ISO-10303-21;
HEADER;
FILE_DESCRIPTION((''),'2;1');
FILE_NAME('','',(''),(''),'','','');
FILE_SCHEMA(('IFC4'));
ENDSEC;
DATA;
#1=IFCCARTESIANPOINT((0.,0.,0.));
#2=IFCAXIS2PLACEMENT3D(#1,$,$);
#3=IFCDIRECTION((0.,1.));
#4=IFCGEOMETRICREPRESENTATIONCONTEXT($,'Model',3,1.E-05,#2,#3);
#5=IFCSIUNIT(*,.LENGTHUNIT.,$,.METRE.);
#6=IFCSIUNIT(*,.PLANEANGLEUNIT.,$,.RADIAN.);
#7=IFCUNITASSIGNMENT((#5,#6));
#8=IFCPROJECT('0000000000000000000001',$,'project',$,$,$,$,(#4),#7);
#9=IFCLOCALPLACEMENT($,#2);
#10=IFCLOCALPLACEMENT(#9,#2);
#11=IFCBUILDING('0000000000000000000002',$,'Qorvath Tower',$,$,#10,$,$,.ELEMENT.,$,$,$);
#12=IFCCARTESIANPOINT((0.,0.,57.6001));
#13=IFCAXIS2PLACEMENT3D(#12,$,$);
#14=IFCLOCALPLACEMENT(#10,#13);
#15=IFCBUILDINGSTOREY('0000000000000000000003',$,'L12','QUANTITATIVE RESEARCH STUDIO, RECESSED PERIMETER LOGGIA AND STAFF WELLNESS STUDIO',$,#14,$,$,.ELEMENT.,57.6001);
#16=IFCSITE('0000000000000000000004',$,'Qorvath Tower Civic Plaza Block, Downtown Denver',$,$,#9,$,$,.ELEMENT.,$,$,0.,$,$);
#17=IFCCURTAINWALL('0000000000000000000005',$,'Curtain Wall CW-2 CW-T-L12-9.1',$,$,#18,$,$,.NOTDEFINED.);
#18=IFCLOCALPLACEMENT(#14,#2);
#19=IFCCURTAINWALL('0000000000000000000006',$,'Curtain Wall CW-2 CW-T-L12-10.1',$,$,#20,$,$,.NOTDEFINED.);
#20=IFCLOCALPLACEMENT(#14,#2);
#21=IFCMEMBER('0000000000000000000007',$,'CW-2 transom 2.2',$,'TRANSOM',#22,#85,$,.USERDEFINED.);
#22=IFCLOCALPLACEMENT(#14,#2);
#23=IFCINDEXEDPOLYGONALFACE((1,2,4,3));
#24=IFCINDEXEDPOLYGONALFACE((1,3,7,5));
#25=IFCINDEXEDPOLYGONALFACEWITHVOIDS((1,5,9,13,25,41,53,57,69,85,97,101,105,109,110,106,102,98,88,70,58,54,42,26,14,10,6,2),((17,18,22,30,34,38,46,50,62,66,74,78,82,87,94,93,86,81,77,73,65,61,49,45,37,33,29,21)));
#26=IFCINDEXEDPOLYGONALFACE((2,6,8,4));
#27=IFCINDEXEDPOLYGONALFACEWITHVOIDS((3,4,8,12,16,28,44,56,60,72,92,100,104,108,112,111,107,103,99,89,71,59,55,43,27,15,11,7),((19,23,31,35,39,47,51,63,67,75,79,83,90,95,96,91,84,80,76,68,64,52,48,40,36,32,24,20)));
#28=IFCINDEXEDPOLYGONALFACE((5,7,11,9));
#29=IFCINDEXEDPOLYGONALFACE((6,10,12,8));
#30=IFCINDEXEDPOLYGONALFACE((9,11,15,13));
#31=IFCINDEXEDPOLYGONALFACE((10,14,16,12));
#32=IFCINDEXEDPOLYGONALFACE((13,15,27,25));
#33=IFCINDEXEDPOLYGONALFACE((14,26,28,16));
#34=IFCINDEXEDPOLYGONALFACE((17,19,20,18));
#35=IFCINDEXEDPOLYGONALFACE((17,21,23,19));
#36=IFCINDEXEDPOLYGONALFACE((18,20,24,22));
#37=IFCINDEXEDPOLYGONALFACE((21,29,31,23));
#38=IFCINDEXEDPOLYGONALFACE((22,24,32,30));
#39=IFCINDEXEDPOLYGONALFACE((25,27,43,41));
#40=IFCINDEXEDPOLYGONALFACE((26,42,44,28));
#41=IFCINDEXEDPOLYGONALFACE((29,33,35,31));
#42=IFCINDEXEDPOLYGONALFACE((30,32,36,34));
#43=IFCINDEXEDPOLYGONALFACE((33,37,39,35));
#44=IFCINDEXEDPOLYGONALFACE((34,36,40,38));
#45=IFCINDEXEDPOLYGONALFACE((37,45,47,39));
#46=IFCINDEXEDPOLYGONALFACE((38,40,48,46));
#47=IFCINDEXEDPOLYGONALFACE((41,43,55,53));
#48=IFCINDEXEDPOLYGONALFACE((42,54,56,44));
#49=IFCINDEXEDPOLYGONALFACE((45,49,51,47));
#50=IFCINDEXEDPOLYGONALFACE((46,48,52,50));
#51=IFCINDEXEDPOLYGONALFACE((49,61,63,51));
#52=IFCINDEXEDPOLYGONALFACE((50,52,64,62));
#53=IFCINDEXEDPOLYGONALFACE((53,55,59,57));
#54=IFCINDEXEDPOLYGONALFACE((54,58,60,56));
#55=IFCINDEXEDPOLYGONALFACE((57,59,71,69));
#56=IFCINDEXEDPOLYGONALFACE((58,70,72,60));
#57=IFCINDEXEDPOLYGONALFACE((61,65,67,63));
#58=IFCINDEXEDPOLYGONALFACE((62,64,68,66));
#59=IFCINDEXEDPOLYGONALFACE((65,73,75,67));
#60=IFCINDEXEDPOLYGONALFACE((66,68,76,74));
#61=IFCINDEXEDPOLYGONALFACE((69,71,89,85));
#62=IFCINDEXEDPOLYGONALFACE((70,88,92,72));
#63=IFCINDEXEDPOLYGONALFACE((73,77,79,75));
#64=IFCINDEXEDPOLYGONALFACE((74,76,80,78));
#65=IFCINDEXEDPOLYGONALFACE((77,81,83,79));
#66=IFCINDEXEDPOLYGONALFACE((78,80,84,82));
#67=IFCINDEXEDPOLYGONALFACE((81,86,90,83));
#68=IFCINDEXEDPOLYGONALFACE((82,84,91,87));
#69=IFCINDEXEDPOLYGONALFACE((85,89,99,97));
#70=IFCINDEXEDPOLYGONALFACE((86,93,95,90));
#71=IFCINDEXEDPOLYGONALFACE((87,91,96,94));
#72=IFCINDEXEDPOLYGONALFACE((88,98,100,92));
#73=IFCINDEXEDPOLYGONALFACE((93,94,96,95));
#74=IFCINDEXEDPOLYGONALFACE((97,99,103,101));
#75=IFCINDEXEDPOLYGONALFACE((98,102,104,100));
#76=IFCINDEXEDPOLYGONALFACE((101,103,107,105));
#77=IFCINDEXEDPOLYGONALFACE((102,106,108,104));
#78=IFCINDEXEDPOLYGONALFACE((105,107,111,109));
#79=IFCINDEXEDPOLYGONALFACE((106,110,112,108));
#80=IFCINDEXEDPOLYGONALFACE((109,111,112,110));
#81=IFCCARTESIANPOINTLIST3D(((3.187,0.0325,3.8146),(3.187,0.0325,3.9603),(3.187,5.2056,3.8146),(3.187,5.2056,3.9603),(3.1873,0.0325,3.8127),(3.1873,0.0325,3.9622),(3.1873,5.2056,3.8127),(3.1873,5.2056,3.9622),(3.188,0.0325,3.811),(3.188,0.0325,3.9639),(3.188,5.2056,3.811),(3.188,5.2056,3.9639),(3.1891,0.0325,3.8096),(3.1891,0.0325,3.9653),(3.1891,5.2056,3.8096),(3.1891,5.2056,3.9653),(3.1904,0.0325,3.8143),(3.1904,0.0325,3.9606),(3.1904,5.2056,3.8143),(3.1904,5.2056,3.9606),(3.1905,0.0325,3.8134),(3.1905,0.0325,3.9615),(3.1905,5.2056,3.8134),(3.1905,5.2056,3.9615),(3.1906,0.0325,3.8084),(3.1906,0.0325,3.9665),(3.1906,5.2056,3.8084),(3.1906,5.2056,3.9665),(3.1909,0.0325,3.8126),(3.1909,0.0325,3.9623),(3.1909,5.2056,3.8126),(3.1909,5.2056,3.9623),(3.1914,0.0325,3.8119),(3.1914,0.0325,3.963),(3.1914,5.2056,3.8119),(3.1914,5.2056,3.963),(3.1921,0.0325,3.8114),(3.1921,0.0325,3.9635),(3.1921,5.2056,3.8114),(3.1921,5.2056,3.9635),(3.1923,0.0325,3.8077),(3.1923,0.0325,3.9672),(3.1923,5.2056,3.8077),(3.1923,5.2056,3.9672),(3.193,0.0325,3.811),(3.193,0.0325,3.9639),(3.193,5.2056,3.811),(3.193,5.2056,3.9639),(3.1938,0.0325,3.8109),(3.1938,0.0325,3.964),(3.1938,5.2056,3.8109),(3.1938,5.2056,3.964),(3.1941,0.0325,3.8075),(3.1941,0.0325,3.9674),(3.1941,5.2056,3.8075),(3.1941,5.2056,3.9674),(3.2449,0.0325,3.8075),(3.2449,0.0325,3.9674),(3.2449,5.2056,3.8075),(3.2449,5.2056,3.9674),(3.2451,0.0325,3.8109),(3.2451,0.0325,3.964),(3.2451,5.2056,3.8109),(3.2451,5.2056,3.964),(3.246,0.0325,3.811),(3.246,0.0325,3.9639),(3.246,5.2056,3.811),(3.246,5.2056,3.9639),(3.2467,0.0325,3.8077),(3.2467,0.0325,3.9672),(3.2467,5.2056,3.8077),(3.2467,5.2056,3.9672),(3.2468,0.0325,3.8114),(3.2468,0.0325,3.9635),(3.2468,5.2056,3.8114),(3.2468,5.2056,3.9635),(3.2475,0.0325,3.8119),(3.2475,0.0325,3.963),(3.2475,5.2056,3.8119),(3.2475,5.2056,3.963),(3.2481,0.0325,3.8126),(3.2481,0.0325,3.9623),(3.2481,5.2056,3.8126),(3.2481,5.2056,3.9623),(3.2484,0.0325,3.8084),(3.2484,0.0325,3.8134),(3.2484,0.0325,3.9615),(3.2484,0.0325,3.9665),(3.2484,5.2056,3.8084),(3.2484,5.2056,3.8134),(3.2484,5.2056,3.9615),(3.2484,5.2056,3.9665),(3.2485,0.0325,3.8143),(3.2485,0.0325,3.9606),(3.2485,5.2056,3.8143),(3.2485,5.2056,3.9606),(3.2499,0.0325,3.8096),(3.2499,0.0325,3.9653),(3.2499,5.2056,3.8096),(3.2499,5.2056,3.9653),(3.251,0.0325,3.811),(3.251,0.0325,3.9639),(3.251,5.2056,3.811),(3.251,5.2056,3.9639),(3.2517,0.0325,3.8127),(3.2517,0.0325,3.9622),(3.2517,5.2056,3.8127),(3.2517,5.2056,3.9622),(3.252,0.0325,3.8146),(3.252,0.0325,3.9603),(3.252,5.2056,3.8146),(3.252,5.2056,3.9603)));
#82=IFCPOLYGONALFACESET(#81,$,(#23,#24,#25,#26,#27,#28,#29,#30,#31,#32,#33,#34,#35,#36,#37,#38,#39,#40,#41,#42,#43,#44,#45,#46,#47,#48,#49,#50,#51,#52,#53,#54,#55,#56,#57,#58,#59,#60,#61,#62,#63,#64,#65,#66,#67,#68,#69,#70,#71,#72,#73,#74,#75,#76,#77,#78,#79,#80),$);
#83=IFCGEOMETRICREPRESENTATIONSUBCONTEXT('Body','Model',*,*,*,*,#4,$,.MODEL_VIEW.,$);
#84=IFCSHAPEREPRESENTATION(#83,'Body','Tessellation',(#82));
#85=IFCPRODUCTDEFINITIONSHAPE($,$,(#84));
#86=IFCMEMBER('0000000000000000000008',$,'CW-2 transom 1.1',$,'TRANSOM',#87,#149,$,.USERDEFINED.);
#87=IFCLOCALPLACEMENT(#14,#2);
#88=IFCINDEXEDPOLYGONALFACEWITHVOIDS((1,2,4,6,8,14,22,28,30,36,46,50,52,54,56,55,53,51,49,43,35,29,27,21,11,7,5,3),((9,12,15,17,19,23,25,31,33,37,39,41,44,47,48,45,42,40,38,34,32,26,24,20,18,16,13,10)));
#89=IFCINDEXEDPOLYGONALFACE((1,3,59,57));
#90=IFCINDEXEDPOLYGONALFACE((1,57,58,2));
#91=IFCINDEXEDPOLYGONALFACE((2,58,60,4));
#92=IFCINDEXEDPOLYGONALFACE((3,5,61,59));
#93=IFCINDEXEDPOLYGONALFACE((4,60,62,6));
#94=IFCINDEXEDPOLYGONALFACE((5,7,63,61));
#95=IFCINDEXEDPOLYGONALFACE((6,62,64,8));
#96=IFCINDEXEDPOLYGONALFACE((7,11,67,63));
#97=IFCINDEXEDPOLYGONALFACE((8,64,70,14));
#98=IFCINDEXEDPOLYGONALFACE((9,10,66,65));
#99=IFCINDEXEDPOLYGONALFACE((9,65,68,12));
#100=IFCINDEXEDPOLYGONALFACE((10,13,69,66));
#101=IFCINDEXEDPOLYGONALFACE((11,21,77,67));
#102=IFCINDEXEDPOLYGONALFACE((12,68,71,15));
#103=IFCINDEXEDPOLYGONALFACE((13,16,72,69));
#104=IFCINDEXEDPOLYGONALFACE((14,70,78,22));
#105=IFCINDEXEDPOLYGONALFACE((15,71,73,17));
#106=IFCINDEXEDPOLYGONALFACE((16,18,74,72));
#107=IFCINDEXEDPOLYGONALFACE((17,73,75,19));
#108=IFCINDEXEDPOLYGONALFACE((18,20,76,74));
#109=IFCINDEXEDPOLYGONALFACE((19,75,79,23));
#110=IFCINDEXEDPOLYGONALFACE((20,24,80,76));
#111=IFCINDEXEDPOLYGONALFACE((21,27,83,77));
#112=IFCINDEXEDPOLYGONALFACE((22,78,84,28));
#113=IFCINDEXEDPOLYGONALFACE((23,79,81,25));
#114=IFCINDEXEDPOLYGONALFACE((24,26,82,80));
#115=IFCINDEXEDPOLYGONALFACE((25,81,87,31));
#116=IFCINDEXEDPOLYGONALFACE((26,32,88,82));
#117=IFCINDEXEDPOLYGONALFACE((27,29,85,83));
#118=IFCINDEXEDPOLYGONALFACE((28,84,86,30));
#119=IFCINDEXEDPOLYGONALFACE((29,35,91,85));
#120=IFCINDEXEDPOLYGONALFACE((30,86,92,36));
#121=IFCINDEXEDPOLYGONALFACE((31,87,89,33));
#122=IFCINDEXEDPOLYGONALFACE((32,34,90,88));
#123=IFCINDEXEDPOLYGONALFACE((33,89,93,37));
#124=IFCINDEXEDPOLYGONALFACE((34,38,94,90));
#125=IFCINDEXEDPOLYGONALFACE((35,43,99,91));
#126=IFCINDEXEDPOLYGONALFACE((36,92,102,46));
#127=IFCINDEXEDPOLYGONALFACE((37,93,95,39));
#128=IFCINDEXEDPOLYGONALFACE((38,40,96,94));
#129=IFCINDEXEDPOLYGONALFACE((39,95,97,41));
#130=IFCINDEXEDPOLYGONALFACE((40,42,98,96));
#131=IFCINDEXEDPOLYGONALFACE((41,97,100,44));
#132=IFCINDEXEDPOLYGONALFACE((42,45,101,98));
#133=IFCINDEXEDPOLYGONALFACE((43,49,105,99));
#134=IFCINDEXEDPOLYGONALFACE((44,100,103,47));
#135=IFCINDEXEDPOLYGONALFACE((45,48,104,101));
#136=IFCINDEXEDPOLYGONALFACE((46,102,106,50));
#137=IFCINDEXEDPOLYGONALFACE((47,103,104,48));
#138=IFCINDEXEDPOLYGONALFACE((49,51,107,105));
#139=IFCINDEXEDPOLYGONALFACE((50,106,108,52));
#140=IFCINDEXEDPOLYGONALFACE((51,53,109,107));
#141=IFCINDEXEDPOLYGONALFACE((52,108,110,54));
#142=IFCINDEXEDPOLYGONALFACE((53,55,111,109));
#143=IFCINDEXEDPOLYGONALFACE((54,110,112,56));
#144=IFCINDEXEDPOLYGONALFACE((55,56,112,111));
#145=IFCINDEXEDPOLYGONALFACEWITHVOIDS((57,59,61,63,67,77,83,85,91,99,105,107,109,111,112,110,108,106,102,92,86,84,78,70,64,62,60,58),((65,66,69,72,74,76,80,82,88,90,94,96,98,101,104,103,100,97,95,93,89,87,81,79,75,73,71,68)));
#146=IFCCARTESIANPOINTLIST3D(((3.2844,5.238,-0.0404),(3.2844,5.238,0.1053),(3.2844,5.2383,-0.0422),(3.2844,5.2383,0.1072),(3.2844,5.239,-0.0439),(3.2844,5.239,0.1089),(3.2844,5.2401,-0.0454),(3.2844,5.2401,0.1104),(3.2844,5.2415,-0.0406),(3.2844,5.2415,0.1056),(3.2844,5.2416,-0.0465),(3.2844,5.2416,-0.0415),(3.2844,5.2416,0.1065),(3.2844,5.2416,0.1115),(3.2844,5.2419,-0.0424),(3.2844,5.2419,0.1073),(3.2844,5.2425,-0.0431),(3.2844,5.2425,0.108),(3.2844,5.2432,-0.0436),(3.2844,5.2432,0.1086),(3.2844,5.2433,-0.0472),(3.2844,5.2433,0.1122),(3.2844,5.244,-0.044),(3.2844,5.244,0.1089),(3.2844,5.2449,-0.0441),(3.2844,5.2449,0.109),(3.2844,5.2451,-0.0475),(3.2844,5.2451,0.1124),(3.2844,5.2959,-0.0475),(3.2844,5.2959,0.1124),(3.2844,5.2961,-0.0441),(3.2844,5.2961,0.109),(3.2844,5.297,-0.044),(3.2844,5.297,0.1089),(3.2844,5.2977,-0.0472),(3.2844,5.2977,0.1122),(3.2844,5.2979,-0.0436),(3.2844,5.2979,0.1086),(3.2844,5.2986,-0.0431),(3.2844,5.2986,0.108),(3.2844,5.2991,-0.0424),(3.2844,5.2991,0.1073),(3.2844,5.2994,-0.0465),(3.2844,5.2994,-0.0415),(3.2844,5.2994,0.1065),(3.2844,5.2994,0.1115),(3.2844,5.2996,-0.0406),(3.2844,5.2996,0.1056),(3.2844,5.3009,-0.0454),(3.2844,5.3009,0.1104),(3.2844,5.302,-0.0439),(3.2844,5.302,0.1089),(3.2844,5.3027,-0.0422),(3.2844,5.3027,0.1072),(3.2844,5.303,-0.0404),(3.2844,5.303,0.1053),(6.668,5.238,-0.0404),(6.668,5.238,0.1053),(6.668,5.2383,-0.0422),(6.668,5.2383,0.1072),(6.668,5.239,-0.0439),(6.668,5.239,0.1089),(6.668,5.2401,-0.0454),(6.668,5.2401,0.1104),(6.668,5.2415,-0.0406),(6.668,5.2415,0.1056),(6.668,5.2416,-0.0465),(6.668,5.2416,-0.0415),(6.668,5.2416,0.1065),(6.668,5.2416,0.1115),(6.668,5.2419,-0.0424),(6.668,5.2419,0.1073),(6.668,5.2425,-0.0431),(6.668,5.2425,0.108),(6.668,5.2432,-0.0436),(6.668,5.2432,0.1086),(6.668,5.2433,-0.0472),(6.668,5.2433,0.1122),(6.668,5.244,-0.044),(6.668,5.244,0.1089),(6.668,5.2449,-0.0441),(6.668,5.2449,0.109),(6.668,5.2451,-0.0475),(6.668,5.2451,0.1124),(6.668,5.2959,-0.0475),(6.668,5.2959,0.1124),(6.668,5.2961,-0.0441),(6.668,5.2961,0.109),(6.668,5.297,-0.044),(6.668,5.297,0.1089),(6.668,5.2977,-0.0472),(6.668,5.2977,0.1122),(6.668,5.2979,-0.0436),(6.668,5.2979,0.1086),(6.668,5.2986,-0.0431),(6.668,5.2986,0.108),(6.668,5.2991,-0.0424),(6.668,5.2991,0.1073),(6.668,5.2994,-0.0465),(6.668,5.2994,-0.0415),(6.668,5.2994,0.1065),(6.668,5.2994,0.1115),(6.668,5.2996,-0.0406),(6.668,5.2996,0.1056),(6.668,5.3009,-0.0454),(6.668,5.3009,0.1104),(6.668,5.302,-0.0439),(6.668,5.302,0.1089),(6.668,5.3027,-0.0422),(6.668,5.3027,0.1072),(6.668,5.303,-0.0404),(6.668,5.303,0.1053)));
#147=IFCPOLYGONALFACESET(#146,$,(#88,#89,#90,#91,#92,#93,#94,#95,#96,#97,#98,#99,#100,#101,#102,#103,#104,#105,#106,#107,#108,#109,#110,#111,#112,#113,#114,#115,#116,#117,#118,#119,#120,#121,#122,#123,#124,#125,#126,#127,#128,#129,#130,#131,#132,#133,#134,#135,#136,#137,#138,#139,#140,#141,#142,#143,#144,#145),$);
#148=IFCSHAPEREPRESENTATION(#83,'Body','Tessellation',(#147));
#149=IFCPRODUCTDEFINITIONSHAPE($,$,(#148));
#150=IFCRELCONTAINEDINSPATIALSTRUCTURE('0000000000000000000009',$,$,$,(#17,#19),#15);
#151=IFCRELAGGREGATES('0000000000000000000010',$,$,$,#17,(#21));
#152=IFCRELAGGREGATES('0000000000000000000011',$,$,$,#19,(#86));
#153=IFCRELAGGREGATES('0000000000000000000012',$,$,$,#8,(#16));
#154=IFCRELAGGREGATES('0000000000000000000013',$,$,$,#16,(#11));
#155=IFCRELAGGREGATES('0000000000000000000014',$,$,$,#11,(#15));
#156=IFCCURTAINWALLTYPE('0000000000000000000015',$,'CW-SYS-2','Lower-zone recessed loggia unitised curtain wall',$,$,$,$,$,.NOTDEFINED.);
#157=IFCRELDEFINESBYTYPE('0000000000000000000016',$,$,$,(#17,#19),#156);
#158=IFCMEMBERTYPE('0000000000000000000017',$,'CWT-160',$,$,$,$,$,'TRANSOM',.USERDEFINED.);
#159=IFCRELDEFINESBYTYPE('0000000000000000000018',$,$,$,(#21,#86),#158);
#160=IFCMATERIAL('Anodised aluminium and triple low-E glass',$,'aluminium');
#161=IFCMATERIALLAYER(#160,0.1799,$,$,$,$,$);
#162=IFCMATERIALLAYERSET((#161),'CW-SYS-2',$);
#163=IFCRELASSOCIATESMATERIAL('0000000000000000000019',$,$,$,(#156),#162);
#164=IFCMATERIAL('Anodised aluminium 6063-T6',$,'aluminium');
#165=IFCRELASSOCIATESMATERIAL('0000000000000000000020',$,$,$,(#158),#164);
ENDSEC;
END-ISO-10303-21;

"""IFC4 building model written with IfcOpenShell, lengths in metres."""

from ifc_helpers import new_model, si_unit, direction, frame, origin, origin_2d, place, context, subcontext, project, spatial, hollow_rectangle, extrude, material, layer, layer_set, material_profile, profile_set, type_object, element, aggregate, save


model = new_model("IFC4")

# Units and contexts
model_context = context("Model", 3, precision=1e-05, world=origin(), true_north=direction((0.0, 1.0)))
body_context = subcontext(model_context, "Body", "Model", "MODEL_VIEW")
ifc_project = project(units=[si_unit("LENGTHUNIT", "METRE"), si_unit("PLANEANGLEUNIT", "RADIAN")], contexts=[model_context])

# Site, building, storey
site_placement = place(None, origin())
site = spatial("IfcSite", under=ifc_project, at=site_placement, Name="Qorvath Tower Civic Plaza Block, Downtown Denver", CompositionType="ELEMENT", RefElevation=0.0)
building_placement = place(site_placement, origin())
building = spatial("IfcBuilding", under=site, at=building_placement, Name="Qorvath Tower", CompositionType="ELEMENT")
storey_placement = place(building_placement, frame((0.0, 0.0, 57.6001)))
storey = spatial("IfcBuildingStorey", under=building, at=storey_placement, Name="L12", Description="QUANTITATIVE RESEARCH STUDIO, RECESSED PERIMETER LOGGIA AND STAFF WELLNESS STUDIO", CompositionType="ELEMENT", Elevation=57.6001)

# Curtain walls
ifc_material_1 = material(Name="Anodised aluminium and triple low-E glass", Category="aluminium")
ifc_layer_1 = layer(ifc_material_1, 0.1799)
ifc_layer_set_1 = layer_set([ifc_layer_1], Name="CW-SYS-2")
curtain_wall_type = type_object("IfcCurtainWallType", Name="CW-SYS-2", Description="Lower-zone recessed loggia unitised curtain wall", PredefinedType="NOTDEFINED", material=ifc_layer_set_1)
curtain_wall_1_placement = place(storey_placement, origin())
curtain_wall_1 = element("IfcCurtainWall", 1, at=curtain_wall_1_placement, inside=storey, type_object=curtain_wall_type, Name="Curtain Wall CW-2 CW-T-L12-9.1", PredefinedType="NOTDEFINED")
curtain_wall_2_placement = place(storey_placement, origin())
curtain_wall_2 = element("IfcCurtainWall", 2, at=curtain_wall_2_placement, inside=storey, type_object=curtain_wall_type, Name="Curtain Wall CW-2 CW-T-L12-10.1", PredefinedType="NOTDEFINED")

# Members
ifc_material_2 = material(Name="Anodised aluminium 6063-T6", Category="aluminium")
ifc_material_profile_1 = material_profile(ifc_material_2, hollow_rectangle(XDim=0.0649, YDim=0.1599, WallThickness=0.0034, InnerFilletRadius=0.0034, OuterFilletRadius=0.0071, at=origin_2d()), Name="CWT 160x65")
ifc_profile_set_1 = profile_set([ifc_material_profile_1], Name="Anodised aluminium 6063-T6")
member_type_1 = type_object("IfcMemberType", Name="CWT-160", ElementType="TRANSOM", PredefinedType="USERDEFINED", material=ifc_profile_set_1)
member_1_placement = place(storey_placement, frame((3.2195, 0.0325, 3.8875), z_axis=(0.0, 1.0, 0.0), x_axis=(-1.0, 0.0, 0.0)))
member_1 = element("IfcMember", 3, at=member_1_placement, type_object=member_type_1, Name="CW-2 transom 2.2", ObjectType="TRANSOM", PredefinedType="USERDEFINED", context=body_context, shape_type="SweptSolid", body=[
    extrude(hollow_rectangle(XDim=0.0649, YDim=0.1599, WallThickness=0.0034, InnerFilletRadius=0.0034, OuterFilletRadius=0.0071, at=origin_2d()), origin(), (0.0, 0.0, 1.0), 5.1731),
])
member_2_placement = place(storey_placement, frame((3.2844, 5.2705, 0.0325), z_axis=(1.0, 0.0, 0.0), x_axis=(0.0, 1.0, 0.0)))
member_2 = element("IfcMember", 4, at=member_2_placement, type_object=member_type_1, Name="CW-2 transom 1.1", ObjectType="TRANSOM", PredefinedType="USERDEFINED", context=body_context, shape_type="SweptSolid", body=[
    extrude(hollow_rectangle(XDim=0.0649, YDim=0.1599, WallThickness=0.0034, InnerFilletRadius=0.0034, OuterFilletRadius=0.0071, at=origin_2d()), origin(), (0.0, 0.0, 1.0), 3.3835),
])

aggregate(curtain_wall_1, [member_1])
aggregate(curtain_wall_2, [member_2])

save(model, "model.ifc")
